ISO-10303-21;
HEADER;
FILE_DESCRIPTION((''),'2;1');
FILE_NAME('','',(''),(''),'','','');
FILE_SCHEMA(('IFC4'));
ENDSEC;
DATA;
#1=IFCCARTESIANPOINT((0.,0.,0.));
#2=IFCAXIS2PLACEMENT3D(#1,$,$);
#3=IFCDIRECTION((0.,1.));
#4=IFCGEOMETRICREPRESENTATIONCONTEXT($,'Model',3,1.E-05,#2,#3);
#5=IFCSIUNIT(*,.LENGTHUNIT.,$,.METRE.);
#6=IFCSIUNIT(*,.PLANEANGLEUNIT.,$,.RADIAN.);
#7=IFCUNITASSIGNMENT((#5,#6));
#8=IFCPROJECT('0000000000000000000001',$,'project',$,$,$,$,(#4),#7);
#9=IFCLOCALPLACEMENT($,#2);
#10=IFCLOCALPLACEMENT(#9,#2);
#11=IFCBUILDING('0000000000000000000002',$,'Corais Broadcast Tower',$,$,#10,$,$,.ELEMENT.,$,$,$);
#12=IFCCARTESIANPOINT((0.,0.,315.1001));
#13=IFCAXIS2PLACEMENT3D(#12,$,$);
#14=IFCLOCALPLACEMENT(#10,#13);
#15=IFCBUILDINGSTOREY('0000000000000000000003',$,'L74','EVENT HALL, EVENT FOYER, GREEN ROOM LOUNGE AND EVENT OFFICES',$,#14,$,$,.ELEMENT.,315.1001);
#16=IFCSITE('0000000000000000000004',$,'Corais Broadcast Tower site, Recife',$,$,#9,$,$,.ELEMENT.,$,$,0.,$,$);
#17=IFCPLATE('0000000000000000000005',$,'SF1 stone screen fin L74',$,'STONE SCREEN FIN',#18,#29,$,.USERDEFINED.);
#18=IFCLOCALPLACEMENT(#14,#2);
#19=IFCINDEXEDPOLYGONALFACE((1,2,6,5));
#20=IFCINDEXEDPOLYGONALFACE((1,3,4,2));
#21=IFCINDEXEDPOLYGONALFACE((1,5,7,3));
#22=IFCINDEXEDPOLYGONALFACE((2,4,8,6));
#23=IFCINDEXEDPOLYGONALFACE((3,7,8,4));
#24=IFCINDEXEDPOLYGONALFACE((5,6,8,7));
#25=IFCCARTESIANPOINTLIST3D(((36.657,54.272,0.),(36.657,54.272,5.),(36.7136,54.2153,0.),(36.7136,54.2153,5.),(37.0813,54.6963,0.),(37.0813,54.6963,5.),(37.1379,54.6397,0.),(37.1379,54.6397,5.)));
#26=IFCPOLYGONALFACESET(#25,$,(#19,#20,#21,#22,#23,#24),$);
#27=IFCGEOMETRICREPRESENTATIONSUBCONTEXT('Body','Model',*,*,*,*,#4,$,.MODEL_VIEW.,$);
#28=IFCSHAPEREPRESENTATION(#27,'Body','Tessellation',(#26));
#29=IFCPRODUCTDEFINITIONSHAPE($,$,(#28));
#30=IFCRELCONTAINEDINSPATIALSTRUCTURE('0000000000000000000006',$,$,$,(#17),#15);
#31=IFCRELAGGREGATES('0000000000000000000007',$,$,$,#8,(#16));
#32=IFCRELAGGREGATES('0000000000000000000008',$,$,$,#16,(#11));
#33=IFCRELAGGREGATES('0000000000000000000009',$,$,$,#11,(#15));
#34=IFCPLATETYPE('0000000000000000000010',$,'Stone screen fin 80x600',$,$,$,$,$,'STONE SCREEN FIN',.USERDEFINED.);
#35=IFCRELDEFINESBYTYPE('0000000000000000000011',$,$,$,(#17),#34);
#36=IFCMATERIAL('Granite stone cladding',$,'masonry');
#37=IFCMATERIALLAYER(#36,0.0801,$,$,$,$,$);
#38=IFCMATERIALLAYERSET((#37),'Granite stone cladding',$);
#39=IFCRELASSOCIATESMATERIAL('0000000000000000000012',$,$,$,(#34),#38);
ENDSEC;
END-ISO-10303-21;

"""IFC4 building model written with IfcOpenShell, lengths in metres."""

from ifc_helpers import new_model, si_unit, direction, frame, origin, origin_2d, place, context, subcontext, project, spatial, rectangle, extrude, material, layer, layer_set, type_object, element, save


model = new_model("IFC4")

# Units and contexts
model_context = context("Model", 3, precision=1e-05, world=origin(), true_north=direction((0.0, 1.0)))
body_context = subcontext(model_context, "Body", "Model", "MODEL_VIEW")
ifc_project = project(units=[si_unit("LENGTHUNIT", "METRE"), si_unit("PLANEANGLEUNIT", "RADIAN")], contexts=[model_context])

# Site, building, storey
site_placement = place(None, origin())
site = spatial("IfcSite", under=ifc_project, at=site_placement, Name="Corais Broadcast Tower site, Recife", CompositionType="ELEMENT", RefElevation=0.0)
building_placement = place(site_placement, origin())
building = spatial("IfcBuilding", under=site, at=building_placement, Name="Corais Broadcast Tower", CompositionType="ELEMENT")
storey_placement = place(building_placement, frame((0.0, 0.0, 315.1001)))
storey = spatial("IfcBuildingStorey", under=building, at=storey_placement, Name="L74", Description="EVENT HALL, EVENT FOYER, GREEN ROOM LOUNGE AND EVENT OFFICES", CompositionType="ELEMENT", Elevation=315.1001)

# Plate
ifc_material_1 = material(Name="Granite stone cladding", Category="masonry")
ifc_layer_1 = layer(ifc_material_1, 0.0801)
ifc_layer_set_1 = layer_set([ifc_layer_1], Name="Granite stone cladding")
plate_type_1 = type_object("IfcPlateType", Name="Stone screen fin 80x600", ElementType="STONE SCREEN FIN", PredefinedType="USERDEFINED", material=ifc_layer_set_1)
plate_1_placement = place(storey_placement, frame((36.8975, 54.4558, 0.0), z_axis=(0.0, 0.0, 1.0), x_axis=(0.707107, -0.707107, 0.0)))
element("IfcPlate", 1, at=plate_1_placement, inside=storey, type_object=plate_type_1, Name="SF1 stone screen fin L74", ObjectType="STONE SCREEN FIN", PredefinedType="USERDEFINED", context=body_context, shape_type="SweptSolid", body=[
    extrude(rectangle(XDim=0.0801, YDim=0.6001, at=origin_2d()), origin(), (0.0, 0.0, 1.0), 5.0),
])

save(model, "model.ifc")
